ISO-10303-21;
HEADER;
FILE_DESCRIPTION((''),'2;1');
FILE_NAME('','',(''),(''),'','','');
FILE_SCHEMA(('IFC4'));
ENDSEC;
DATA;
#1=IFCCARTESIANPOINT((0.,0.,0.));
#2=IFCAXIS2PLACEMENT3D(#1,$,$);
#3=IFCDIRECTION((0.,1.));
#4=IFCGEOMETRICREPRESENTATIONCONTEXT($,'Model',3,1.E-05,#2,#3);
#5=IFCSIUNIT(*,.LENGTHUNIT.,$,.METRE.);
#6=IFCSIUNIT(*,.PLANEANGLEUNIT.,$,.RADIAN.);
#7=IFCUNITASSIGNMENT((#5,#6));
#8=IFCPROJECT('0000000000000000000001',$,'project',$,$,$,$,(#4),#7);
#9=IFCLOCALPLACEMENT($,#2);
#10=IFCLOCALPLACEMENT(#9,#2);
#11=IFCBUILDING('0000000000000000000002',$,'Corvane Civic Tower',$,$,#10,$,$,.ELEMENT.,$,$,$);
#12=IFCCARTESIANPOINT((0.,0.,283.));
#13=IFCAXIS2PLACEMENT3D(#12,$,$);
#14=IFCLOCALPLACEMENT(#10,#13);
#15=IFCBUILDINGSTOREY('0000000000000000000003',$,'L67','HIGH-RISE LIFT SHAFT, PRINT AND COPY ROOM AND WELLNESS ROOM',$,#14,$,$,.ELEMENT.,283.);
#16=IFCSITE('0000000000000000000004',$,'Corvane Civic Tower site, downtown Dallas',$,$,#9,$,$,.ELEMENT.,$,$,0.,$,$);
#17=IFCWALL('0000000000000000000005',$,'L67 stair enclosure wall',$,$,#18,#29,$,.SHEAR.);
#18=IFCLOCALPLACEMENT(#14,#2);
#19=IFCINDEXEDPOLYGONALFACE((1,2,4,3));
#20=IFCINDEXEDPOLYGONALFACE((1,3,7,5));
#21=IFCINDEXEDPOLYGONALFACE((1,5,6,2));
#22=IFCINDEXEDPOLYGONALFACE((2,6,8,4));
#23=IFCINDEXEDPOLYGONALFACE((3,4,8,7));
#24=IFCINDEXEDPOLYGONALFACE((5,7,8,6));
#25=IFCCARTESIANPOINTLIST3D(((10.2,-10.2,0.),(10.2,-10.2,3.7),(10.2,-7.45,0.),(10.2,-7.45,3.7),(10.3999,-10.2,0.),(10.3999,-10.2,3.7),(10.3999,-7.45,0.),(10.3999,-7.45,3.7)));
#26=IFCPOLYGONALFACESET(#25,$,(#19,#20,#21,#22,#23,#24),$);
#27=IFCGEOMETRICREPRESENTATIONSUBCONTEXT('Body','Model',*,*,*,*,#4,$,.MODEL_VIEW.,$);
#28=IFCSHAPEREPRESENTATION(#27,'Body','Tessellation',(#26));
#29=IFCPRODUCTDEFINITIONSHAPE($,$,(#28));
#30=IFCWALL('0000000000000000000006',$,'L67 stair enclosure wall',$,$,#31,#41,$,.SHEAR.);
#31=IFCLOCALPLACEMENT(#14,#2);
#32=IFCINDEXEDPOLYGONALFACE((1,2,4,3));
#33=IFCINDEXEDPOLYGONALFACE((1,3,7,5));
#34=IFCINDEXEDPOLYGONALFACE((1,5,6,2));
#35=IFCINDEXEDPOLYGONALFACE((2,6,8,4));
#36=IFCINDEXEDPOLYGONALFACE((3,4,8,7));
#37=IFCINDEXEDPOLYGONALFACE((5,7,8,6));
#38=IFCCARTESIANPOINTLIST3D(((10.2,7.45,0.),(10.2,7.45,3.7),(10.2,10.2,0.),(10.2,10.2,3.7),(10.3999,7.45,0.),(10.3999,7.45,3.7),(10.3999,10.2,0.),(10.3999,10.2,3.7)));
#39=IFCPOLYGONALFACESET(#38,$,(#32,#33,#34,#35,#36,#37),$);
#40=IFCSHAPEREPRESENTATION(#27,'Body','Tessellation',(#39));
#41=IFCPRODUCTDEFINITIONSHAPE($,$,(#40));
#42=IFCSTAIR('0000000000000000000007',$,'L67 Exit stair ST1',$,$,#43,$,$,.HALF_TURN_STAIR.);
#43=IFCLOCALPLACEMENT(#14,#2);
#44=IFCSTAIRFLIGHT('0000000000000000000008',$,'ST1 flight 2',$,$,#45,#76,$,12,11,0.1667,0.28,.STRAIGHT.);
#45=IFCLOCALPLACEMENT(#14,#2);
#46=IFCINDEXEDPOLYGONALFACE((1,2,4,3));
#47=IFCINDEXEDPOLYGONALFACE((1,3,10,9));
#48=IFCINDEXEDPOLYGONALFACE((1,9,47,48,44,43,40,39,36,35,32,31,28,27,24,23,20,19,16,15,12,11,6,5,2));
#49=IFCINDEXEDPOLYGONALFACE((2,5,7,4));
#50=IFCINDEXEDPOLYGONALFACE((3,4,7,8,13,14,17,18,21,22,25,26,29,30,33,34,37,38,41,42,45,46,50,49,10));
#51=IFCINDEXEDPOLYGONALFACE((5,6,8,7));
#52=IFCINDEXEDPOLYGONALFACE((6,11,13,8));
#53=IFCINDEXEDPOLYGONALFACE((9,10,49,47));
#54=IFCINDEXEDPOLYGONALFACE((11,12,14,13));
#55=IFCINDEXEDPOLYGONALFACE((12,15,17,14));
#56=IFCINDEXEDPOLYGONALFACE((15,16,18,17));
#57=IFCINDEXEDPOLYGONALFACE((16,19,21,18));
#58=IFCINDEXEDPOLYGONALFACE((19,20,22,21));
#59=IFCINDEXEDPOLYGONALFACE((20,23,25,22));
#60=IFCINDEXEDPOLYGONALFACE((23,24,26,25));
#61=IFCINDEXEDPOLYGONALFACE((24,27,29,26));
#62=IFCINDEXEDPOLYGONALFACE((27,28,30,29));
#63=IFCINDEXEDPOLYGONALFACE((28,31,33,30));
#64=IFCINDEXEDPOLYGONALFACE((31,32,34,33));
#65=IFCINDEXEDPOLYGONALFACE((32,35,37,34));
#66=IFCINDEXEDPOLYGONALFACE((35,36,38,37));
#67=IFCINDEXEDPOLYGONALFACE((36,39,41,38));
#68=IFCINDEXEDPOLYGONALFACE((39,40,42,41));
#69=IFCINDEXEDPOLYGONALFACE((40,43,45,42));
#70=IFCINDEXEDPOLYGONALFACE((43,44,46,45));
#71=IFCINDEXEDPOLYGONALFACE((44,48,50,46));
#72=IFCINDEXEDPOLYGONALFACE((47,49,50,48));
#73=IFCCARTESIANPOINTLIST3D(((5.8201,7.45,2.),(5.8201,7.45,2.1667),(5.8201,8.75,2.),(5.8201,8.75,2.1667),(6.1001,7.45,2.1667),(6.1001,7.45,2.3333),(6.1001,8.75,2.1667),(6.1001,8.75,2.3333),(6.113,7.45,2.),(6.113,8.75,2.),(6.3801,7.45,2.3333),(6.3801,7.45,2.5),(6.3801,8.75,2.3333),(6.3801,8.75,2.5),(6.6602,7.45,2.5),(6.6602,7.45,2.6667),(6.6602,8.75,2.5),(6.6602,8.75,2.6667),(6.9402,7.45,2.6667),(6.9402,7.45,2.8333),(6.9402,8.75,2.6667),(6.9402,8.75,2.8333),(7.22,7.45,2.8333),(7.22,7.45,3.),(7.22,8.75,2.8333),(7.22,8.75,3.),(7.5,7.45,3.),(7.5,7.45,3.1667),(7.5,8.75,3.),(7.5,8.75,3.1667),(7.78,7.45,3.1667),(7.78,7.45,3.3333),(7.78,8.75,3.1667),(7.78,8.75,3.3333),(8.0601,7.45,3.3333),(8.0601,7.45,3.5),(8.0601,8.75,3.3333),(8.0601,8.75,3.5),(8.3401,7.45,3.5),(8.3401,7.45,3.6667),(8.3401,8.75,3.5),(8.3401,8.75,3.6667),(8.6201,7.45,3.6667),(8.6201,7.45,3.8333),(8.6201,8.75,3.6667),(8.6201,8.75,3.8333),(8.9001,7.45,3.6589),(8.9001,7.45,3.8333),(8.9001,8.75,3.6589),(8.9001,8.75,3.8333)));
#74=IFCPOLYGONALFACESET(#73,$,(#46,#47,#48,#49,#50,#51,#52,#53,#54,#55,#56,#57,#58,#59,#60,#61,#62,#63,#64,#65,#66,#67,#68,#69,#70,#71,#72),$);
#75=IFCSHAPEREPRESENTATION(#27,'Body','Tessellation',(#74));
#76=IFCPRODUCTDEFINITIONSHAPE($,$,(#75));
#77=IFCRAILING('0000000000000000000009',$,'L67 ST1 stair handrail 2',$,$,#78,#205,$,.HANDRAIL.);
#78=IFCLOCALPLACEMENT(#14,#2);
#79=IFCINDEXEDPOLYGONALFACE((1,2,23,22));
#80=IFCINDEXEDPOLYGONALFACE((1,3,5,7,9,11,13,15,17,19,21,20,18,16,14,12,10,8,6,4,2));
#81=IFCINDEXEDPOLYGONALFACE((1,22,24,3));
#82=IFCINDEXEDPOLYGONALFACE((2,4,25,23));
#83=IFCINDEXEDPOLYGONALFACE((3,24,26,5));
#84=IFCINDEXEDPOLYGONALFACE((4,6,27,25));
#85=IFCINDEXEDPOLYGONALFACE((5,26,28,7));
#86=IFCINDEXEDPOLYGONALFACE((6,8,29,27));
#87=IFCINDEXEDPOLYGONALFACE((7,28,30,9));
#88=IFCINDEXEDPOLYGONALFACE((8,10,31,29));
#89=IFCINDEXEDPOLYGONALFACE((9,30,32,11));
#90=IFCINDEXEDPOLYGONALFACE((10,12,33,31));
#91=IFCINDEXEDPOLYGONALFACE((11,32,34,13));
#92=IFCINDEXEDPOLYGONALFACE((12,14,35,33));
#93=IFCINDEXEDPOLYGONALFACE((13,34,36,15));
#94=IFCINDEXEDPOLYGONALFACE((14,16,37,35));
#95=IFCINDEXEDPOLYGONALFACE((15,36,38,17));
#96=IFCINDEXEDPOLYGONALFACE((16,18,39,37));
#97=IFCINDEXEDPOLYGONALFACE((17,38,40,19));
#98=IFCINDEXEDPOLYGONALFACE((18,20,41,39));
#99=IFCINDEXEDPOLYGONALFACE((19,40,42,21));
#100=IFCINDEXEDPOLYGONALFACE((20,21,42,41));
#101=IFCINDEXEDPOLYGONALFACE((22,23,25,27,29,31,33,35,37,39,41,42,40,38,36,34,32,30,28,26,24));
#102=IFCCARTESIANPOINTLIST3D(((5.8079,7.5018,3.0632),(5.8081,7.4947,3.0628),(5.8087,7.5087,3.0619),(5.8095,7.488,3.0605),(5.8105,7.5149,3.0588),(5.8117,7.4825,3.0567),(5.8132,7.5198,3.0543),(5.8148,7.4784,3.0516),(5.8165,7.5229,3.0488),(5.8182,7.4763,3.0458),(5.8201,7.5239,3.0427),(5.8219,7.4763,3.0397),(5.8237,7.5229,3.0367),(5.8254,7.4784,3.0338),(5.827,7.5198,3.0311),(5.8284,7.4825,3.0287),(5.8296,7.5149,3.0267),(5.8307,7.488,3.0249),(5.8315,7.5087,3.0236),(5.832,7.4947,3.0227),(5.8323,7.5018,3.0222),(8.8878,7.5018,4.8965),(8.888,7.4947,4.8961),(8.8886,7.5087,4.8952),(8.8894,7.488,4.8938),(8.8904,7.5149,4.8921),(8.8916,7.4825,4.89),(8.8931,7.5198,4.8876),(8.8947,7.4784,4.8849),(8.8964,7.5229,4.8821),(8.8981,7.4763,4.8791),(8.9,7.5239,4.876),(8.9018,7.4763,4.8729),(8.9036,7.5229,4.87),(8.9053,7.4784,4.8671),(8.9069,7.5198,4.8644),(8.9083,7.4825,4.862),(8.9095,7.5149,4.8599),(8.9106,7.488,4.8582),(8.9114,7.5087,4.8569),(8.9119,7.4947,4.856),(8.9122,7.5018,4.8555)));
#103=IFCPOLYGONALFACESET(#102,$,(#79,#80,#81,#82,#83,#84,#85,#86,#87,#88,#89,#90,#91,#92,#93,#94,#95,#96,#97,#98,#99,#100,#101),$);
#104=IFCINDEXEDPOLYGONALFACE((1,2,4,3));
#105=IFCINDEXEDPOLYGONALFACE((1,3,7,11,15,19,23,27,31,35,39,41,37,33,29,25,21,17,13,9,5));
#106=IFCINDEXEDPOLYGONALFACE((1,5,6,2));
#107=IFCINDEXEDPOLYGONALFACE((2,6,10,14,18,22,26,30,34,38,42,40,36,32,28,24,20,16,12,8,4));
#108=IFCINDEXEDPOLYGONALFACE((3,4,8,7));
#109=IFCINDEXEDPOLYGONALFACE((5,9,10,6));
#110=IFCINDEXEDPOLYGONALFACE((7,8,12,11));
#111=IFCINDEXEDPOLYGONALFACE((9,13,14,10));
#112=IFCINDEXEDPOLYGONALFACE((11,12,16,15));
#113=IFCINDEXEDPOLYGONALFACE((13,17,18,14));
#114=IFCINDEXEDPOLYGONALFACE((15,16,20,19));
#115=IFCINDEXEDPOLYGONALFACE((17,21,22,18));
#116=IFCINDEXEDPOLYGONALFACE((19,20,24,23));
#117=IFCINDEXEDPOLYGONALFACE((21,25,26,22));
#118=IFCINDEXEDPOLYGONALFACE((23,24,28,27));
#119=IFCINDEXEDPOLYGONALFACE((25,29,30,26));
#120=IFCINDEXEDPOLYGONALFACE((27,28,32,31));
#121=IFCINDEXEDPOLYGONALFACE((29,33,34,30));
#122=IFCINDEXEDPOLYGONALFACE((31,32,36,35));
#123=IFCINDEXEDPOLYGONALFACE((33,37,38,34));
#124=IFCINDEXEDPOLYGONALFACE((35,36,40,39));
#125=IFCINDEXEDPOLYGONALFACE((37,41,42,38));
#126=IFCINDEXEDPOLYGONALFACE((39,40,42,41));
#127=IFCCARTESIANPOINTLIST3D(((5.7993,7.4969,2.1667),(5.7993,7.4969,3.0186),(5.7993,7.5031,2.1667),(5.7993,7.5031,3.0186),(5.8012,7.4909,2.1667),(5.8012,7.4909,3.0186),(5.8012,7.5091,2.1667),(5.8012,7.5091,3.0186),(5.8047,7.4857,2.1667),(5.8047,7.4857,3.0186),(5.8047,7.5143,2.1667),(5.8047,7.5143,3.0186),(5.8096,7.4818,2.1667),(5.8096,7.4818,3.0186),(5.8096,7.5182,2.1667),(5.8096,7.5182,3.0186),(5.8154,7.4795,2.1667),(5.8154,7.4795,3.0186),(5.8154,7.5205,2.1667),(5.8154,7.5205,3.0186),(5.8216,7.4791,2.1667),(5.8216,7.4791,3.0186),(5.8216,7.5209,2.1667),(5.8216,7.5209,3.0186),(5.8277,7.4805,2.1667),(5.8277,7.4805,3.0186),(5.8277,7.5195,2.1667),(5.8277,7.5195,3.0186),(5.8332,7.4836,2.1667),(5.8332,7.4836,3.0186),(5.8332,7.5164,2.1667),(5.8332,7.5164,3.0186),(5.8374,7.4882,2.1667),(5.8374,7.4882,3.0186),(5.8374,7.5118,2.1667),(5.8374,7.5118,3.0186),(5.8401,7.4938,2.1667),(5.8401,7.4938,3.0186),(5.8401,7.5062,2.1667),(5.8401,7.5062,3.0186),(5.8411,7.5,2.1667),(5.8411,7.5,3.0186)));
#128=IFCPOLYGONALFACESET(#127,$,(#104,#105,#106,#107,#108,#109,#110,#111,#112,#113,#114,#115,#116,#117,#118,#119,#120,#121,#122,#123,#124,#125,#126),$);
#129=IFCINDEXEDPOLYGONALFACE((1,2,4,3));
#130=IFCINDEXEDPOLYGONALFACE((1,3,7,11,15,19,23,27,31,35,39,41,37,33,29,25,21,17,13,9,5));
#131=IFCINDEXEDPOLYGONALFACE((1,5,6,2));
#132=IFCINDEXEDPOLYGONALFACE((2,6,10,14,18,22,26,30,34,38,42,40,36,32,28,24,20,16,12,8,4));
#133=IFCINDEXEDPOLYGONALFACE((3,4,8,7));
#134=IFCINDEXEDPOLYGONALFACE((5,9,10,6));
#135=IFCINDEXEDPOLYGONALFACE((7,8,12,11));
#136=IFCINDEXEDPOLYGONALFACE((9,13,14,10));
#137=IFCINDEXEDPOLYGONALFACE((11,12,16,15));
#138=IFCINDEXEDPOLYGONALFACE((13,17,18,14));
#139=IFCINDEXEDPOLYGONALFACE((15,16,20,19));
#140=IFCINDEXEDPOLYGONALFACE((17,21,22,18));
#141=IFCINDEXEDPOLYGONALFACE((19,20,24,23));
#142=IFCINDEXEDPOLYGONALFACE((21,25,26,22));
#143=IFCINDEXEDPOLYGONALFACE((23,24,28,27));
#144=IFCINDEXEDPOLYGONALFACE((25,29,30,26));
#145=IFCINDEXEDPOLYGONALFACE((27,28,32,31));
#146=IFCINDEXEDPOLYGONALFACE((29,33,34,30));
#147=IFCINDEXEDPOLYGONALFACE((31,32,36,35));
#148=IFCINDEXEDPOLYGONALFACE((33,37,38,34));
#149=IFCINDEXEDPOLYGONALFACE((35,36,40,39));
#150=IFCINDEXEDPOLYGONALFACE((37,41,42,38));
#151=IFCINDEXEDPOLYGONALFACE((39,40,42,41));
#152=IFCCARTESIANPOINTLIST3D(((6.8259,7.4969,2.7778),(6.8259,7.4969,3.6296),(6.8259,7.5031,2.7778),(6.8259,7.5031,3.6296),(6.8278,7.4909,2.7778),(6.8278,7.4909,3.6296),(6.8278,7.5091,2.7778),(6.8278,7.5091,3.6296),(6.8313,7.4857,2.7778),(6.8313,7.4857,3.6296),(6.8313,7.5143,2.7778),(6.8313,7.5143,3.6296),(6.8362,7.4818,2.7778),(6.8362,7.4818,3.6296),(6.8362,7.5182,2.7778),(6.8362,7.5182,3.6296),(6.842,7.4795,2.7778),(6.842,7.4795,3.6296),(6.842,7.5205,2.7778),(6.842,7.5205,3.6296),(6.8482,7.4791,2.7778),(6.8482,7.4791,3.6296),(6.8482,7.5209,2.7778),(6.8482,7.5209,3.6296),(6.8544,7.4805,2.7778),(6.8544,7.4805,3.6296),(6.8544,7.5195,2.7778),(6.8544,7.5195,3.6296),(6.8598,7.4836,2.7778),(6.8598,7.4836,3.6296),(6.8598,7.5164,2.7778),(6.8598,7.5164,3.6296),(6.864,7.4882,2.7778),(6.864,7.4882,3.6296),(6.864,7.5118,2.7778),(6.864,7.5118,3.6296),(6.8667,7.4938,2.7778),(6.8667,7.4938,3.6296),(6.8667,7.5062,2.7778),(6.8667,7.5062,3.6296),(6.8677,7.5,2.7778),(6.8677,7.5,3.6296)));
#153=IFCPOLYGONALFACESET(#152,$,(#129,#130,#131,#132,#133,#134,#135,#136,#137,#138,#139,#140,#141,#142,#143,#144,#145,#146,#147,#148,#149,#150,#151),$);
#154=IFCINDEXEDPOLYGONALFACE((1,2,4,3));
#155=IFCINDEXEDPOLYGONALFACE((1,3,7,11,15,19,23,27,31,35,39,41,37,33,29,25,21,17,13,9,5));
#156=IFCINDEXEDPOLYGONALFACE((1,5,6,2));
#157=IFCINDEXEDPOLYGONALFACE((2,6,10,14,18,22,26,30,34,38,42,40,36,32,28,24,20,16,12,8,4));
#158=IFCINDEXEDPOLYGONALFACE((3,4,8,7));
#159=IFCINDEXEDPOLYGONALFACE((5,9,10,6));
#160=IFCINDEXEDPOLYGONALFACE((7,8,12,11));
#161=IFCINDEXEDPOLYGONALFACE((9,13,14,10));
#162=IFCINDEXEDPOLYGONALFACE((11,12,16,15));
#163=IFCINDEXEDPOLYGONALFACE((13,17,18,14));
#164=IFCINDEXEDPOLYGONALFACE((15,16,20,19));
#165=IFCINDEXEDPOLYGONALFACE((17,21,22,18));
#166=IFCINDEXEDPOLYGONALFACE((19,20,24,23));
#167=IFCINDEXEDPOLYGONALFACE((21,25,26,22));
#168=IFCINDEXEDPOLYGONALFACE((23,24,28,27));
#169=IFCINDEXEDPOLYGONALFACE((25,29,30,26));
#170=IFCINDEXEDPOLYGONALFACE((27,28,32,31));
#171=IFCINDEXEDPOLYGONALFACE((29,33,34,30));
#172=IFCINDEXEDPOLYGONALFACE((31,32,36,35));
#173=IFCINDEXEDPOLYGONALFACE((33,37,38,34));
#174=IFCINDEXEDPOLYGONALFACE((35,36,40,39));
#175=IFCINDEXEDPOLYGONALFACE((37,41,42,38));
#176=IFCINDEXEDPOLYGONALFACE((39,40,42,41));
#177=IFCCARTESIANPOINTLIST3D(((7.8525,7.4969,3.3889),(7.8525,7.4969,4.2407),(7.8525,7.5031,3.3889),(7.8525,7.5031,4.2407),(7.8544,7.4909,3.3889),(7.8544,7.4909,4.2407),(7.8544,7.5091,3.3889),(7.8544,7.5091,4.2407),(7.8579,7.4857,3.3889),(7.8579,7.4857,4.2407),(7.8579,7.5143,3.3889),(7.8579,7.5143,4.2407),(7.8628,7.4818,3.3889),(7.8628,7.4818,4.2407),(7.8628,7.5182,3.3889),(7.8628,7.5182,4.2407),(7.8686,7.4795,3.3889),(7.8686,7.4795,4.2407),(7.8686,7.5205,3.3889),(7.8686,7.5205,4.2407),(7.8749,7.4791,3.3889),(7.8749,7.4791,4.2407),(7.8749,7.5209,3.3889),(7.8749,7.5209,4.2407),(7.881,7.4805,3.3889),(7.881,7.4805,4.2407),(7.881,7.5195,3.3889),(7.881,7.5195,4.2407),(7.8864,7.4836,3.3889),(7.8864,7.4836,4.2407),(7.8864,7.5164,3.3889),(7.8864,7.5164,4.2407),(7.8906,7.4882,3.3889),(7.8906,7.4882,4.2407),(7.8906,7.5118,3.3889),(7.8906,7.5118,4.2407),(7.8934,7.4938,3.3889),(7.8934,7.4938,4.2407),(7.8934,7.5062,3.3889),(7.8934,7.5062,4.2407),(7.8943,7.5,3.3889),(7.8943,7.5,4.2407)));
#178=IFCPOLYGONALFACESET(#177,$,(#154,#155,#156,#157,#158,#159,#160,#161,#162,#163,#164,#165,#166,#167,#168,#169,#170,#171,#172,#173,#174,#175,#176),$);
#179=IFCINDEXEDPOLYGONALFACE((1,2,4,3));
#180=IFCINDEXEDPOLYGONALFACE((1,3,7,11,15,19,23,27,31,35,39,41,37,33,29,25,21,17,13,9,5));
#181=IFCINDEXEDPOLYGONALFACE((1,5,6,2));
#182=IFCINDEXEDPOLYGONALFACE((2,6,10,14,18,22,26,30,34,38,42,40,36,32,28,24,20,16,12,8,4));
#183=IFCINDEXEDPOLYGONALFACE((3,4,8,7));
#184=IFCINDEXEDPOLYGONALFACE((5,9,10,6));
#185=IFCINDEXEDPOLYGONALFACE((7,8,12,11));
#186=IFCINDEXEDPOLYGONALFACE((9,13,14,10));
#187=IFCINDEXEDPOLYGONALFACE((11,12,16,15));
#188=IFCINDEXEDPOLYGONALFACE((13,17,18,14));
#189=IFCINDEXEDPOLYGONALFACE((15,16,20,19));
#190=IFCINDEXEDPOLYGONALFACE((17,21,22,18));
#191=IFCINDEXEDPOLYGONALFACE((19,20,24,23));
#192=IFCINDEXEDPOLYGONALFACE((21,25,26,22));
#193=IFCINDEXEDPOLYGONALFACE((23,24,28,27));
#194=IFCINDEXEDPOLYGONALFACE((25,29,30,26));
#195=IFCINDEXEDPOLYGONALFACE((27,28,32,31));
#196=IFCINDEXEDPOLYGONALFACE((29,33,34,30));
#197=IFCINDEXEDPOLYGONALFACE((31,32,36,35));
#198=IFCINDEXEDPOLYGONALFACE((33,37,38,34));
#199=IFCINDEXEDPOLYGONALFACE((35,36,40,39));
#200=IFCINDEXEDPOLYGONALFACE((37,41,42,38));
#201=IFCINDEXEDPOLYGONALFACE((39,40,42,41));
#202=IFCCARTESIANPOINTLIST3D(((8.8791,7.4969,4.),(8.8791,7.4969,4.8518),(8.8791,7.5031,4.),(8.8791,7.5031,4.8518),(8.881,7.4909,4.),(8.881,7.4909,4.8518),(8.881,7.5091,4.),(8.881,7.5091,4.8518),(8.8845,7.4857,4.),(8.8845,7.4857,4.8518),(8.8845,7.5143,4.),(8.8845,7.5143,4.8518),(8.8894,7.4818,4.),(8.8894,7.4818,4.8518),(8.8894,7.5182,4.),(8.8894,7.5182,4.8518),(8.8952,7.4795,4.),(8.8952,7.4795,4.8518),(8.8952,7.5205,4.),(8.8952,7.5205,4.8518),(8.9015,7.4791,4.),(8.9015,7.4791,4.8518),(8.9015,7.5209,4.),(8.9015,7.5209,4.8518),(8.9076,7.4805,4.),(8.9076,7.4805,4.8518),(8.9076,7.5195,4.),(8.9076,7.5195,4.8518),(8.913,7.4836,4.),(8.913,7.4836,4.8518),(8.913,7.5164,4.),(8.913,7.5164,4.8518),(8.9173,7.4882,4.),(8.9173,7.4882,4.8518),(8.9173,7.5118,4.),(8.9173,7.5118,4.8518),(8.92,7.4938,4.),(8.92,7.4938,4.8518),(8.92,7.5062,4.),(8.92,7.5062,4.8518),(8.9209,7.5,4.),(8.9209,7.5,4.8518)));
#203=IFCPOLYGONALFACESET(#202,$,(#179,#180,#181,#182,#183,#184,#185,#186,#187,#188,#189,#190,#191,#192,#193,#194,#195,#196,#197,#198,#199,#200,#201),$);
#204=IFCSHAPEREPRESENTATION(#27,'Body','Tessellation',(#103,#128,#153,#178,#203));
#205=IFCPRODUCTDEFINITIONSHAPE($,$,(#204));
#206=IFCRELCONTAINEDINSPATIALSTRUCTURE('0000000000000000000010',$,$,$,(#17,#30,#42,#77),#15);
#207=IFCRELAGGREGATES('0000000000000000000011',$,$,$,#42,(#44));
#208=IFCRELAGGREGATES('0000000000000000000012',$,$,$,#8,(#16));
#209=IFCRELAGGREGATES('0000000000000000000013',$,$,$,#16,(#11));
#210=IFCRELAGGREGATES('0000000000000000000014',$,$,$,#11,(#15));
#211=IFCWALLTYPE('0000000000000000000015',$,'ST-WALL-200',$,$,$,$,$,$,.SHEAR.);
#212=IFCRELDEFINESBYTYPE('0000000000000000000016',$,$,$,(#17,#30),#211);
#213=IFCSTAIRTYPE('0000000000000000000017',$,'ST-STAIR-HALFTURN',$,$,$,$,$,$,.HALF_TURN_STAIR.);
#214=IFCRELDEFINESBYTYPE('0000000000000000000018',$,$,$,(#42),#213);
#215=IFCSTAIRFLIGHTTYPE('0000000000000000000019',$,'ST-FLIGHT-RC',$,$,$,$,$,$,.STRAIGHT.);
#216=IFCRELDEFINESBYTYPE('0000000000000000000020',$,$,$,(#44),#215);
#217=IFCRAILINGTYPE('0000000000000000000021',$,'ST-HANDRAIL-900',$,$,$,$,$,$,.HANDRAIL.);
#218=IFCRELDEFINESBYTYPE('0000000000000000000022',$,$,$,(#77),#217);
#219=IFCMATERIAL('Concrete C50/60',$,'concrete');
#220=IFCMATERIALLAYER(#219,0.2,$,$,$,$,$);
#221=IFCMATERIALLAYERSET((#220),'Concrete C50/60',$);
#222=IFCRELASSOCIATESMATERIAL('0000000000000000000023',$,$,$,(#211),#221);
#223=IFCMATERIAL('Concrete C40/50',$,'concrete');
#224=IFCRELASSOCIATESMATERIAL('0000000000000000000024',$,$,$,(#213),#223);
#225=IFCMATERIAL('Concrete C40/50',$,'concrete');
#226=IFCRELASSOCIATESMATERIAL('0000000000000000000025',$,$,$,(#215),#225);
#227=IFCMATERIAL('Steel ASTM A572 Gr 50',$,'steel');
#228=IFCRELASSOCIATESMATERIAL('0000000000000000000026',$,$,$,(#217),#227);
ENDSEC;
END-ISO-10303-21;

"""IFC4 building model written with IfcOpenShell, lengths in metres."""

from ifc_helpers import new_model, si_unit, direction, frame, origin, origin_2d, place, context, subcontext, project, spatial, polyline, circle, outline, extrude, material, layer, layer_set, type_object, element, aggregate, save


model = new_model("IFC4")

# Units and contexts
model_context = context("Model", 3, precision=1e-05, world=origin(), true_north=direction((0.0, 1.0)))
body_context = subcontext(model_context, "Body", "Model", "MODEL_VIEW")
ifc_project = project(units=[si_unit("LENGTHUNIT", "METRE"), si_unit("PLANEANGLEUNIT", "RADIAN")], contexts=[model_context])

# Site, building, storey
site_placement = place(None, origin())
site = spatial("IfcSite", under=ifc_project, at=site_placement, Name="Corvane Civic Tower site, downtown Dallas", CompositionType="ELEMENT", RefElevation=0.0)
building_placement = place(site_placement, origin())
building = spatial("IfcBuilding", under=site, at=building_placement, Name="Corvane Civic Tower", CompositionType="ELEMENT")
storey_placement = place(building_placement, frame((0.0, 0.0, 283.0)))
storey = spatial("IfcBuildingStorey", under=building, at=storey_placement, Name="L67", Description="HIGH-RISE LIFT SHAFT, PRINT AND COPY ROOM AND WELLNESS ROOM", CompositionType="ELEMENT", Elevation=283.0)

# Shared definitions
ifc_material_1 = material(Name="Concrete C50/60", Category="concrete")
ifc_layer = layer(ifc_material_1, 0.2)
ifc_layer_set = layer_set([ifc_layer], Name="Concrete C50/60")
wall_type = type_object("IfcWallType", Name="ST-WALL-200", PredefinedType="SHEAR", material=ifc_layer_set)

# Walls
wall_1_placement = place(storey_placement, origin())
element("IfcWall", 1, at=wall_1_placement, inside=storey, type_object=wall_type, Name="L67 stair enclosure wall", PredefinedType="SHEAR", context=body_context, shape_type="SweptSolid", body=[
    extrude(outline(polyline([(10.3999, -7.45), (10.3999, -10.2), (10.2, -10.2), (10.2, -7.45), (10.3999, -7.45)])), origin(), (0.0, 0.0, 1.0), 3.7),
])
wall_2_placement = place(storey_placement, origin())
element("IfcWall", 2, at=wall_2_placement, inside=storey, type_object=wall_type, Name="L67 stair enclosure wall", PredefinedType="SHEAR", context=body_context, shape_type="SweptSolid", body=[
    extrude(outline(polyline([(10.3999, 7.45), (10.2, 7.45), (10.2, 10.2), (10.3999, 10.2), (10.3999, 7.45)])), origin(), (0.0, 0.0, 1.0), 3.7),
])

# Stair, stair flight
ifc_material_2 = material(Name="Concrete C40/50", Category="concrete")
stair_type = type_object("IfcStairType", Name="ST-STAIR-HALFTURN", PredefinedType="HALF_TURN_STAIR", material=ifc_material_2)
stair_placement = place(storey_placement, origin())
stair = element("IfcStair", 3, at=stair_placement, inside=storey, type_object=stair_type, Name="L67 Exit stair ST1", PredefinedType="HALF_TURN_STAIR")
ifc_material_3 = material(Name="Concrete C40/50", Category="concrete")
stair_flight_type = type_object("IfcStairFlightType", Name="ST-FLIGHT-RC", PredefinedType="STRAIGHT", material=ifc_material_3)
stair_flight_placement = place(storey_placement, frame((5.8201, 8.1001, 2.0), z_axis=(0.0, 0.0, 1.0), x_axis=(1.0, 0.0, 0.0)))
stair_flight = element("IfcStairFlight", 4, at=stair_flight_placement, type_object=stair_flight_type, Name="ST1 flight 2", NumberOfRisers=12, NumberOfTreads=11, PredefinedType="STRAIGHT", RiserHeight=0.1667, TreadLength=0.28, context=body_context, shape_type="SweptSolid", body=[
    extrude(outline(polyline([(0.0, 0.0), (0.0, 0.1667), (0.28, 0.1667), (0.28, 0.3333), (0.5601, 0.3333), (0.5601, 0.5), (0.8401, 0.5), (0.8401, 0.6667), (1.1201, 0.6667), (1.1201, 0.8333), (1.3999, 0.8333), (1.3999, 1.0), (1.6799, 1.0), (1.6799, 1.1667), (1.96, 1.1667), (1.96, 1.3333), (2.24, 1.3333), (2.24, 1.5), (2.52, 1.5), (2.52, 1.6667), (2.8, 1.6667), (2.8, 1.8333), (3.0801, 1.8333), (3.0801, 2.0), (3.0801, 1.6589), (0.293, 0.0), (0.0, 0.0)])), frame((0.0, 0.6499, 0.0), z_axis=(0.0, -1.0, 0.0), x_axis=(1.0, 0.0, 0.0)), (0.0, 0.0, 1.0), 1.3),
])
aggregate(stair, [stair_flight])

# Railing
ifc_material_4 = material(Name="Steel ASTM A572 Gr 50", Category="steel")
railing_type_1 = type_object("IfcRailingType", Name="ST-HANDRAIL-900", PredefinedType="HANDRAIL", material=ifc_material_4)
railing_1_placement = place(storey_placement, frame((5.8201, 7.5, 2.1667)))
element("IfcRailing", 5, at=railing_1_placement, inside=storey, type_object=railing_type_1, Name="L67 ST1 stair handrail 2", PredefinedType="HANDRAIL", context=body_context, shape_type="SweptSolid", body=[
    extrude(circle(Radius=0.0239, at=origin_2d()), frame((0.0, 0.0, 0.876), z_axis=(0.859291, 0.0, 0.511487), x_axis=(0.0, 1.0, 0.0)), (0.0, 0.0, 1.0), 3.5842),
    extrude(circle(Radius=0.021, at=origin_2d()), origin(), (0.0, 0.0, 1.0), 0.8518),
    extrude(circle(Radius=0.021, at=origin_2d()), frame((1.0266, 0.0, 0.6111)), (0.0, 0.0, 1.0), 0.8518),
    extrude(circle(Radius=0.021, at=origin_2d()), frame((2.0532, 0.0, 1.2222)), (0.0, 0.0, 1.0), 0.8518),
    extrude(circle(Radius=0.021, at=origin_2d()), frame((3.0798, 0.0, 1.8333)), (0.0, 0.0, 1.0), 0.8518),
])

save(model, "model.ifc")
